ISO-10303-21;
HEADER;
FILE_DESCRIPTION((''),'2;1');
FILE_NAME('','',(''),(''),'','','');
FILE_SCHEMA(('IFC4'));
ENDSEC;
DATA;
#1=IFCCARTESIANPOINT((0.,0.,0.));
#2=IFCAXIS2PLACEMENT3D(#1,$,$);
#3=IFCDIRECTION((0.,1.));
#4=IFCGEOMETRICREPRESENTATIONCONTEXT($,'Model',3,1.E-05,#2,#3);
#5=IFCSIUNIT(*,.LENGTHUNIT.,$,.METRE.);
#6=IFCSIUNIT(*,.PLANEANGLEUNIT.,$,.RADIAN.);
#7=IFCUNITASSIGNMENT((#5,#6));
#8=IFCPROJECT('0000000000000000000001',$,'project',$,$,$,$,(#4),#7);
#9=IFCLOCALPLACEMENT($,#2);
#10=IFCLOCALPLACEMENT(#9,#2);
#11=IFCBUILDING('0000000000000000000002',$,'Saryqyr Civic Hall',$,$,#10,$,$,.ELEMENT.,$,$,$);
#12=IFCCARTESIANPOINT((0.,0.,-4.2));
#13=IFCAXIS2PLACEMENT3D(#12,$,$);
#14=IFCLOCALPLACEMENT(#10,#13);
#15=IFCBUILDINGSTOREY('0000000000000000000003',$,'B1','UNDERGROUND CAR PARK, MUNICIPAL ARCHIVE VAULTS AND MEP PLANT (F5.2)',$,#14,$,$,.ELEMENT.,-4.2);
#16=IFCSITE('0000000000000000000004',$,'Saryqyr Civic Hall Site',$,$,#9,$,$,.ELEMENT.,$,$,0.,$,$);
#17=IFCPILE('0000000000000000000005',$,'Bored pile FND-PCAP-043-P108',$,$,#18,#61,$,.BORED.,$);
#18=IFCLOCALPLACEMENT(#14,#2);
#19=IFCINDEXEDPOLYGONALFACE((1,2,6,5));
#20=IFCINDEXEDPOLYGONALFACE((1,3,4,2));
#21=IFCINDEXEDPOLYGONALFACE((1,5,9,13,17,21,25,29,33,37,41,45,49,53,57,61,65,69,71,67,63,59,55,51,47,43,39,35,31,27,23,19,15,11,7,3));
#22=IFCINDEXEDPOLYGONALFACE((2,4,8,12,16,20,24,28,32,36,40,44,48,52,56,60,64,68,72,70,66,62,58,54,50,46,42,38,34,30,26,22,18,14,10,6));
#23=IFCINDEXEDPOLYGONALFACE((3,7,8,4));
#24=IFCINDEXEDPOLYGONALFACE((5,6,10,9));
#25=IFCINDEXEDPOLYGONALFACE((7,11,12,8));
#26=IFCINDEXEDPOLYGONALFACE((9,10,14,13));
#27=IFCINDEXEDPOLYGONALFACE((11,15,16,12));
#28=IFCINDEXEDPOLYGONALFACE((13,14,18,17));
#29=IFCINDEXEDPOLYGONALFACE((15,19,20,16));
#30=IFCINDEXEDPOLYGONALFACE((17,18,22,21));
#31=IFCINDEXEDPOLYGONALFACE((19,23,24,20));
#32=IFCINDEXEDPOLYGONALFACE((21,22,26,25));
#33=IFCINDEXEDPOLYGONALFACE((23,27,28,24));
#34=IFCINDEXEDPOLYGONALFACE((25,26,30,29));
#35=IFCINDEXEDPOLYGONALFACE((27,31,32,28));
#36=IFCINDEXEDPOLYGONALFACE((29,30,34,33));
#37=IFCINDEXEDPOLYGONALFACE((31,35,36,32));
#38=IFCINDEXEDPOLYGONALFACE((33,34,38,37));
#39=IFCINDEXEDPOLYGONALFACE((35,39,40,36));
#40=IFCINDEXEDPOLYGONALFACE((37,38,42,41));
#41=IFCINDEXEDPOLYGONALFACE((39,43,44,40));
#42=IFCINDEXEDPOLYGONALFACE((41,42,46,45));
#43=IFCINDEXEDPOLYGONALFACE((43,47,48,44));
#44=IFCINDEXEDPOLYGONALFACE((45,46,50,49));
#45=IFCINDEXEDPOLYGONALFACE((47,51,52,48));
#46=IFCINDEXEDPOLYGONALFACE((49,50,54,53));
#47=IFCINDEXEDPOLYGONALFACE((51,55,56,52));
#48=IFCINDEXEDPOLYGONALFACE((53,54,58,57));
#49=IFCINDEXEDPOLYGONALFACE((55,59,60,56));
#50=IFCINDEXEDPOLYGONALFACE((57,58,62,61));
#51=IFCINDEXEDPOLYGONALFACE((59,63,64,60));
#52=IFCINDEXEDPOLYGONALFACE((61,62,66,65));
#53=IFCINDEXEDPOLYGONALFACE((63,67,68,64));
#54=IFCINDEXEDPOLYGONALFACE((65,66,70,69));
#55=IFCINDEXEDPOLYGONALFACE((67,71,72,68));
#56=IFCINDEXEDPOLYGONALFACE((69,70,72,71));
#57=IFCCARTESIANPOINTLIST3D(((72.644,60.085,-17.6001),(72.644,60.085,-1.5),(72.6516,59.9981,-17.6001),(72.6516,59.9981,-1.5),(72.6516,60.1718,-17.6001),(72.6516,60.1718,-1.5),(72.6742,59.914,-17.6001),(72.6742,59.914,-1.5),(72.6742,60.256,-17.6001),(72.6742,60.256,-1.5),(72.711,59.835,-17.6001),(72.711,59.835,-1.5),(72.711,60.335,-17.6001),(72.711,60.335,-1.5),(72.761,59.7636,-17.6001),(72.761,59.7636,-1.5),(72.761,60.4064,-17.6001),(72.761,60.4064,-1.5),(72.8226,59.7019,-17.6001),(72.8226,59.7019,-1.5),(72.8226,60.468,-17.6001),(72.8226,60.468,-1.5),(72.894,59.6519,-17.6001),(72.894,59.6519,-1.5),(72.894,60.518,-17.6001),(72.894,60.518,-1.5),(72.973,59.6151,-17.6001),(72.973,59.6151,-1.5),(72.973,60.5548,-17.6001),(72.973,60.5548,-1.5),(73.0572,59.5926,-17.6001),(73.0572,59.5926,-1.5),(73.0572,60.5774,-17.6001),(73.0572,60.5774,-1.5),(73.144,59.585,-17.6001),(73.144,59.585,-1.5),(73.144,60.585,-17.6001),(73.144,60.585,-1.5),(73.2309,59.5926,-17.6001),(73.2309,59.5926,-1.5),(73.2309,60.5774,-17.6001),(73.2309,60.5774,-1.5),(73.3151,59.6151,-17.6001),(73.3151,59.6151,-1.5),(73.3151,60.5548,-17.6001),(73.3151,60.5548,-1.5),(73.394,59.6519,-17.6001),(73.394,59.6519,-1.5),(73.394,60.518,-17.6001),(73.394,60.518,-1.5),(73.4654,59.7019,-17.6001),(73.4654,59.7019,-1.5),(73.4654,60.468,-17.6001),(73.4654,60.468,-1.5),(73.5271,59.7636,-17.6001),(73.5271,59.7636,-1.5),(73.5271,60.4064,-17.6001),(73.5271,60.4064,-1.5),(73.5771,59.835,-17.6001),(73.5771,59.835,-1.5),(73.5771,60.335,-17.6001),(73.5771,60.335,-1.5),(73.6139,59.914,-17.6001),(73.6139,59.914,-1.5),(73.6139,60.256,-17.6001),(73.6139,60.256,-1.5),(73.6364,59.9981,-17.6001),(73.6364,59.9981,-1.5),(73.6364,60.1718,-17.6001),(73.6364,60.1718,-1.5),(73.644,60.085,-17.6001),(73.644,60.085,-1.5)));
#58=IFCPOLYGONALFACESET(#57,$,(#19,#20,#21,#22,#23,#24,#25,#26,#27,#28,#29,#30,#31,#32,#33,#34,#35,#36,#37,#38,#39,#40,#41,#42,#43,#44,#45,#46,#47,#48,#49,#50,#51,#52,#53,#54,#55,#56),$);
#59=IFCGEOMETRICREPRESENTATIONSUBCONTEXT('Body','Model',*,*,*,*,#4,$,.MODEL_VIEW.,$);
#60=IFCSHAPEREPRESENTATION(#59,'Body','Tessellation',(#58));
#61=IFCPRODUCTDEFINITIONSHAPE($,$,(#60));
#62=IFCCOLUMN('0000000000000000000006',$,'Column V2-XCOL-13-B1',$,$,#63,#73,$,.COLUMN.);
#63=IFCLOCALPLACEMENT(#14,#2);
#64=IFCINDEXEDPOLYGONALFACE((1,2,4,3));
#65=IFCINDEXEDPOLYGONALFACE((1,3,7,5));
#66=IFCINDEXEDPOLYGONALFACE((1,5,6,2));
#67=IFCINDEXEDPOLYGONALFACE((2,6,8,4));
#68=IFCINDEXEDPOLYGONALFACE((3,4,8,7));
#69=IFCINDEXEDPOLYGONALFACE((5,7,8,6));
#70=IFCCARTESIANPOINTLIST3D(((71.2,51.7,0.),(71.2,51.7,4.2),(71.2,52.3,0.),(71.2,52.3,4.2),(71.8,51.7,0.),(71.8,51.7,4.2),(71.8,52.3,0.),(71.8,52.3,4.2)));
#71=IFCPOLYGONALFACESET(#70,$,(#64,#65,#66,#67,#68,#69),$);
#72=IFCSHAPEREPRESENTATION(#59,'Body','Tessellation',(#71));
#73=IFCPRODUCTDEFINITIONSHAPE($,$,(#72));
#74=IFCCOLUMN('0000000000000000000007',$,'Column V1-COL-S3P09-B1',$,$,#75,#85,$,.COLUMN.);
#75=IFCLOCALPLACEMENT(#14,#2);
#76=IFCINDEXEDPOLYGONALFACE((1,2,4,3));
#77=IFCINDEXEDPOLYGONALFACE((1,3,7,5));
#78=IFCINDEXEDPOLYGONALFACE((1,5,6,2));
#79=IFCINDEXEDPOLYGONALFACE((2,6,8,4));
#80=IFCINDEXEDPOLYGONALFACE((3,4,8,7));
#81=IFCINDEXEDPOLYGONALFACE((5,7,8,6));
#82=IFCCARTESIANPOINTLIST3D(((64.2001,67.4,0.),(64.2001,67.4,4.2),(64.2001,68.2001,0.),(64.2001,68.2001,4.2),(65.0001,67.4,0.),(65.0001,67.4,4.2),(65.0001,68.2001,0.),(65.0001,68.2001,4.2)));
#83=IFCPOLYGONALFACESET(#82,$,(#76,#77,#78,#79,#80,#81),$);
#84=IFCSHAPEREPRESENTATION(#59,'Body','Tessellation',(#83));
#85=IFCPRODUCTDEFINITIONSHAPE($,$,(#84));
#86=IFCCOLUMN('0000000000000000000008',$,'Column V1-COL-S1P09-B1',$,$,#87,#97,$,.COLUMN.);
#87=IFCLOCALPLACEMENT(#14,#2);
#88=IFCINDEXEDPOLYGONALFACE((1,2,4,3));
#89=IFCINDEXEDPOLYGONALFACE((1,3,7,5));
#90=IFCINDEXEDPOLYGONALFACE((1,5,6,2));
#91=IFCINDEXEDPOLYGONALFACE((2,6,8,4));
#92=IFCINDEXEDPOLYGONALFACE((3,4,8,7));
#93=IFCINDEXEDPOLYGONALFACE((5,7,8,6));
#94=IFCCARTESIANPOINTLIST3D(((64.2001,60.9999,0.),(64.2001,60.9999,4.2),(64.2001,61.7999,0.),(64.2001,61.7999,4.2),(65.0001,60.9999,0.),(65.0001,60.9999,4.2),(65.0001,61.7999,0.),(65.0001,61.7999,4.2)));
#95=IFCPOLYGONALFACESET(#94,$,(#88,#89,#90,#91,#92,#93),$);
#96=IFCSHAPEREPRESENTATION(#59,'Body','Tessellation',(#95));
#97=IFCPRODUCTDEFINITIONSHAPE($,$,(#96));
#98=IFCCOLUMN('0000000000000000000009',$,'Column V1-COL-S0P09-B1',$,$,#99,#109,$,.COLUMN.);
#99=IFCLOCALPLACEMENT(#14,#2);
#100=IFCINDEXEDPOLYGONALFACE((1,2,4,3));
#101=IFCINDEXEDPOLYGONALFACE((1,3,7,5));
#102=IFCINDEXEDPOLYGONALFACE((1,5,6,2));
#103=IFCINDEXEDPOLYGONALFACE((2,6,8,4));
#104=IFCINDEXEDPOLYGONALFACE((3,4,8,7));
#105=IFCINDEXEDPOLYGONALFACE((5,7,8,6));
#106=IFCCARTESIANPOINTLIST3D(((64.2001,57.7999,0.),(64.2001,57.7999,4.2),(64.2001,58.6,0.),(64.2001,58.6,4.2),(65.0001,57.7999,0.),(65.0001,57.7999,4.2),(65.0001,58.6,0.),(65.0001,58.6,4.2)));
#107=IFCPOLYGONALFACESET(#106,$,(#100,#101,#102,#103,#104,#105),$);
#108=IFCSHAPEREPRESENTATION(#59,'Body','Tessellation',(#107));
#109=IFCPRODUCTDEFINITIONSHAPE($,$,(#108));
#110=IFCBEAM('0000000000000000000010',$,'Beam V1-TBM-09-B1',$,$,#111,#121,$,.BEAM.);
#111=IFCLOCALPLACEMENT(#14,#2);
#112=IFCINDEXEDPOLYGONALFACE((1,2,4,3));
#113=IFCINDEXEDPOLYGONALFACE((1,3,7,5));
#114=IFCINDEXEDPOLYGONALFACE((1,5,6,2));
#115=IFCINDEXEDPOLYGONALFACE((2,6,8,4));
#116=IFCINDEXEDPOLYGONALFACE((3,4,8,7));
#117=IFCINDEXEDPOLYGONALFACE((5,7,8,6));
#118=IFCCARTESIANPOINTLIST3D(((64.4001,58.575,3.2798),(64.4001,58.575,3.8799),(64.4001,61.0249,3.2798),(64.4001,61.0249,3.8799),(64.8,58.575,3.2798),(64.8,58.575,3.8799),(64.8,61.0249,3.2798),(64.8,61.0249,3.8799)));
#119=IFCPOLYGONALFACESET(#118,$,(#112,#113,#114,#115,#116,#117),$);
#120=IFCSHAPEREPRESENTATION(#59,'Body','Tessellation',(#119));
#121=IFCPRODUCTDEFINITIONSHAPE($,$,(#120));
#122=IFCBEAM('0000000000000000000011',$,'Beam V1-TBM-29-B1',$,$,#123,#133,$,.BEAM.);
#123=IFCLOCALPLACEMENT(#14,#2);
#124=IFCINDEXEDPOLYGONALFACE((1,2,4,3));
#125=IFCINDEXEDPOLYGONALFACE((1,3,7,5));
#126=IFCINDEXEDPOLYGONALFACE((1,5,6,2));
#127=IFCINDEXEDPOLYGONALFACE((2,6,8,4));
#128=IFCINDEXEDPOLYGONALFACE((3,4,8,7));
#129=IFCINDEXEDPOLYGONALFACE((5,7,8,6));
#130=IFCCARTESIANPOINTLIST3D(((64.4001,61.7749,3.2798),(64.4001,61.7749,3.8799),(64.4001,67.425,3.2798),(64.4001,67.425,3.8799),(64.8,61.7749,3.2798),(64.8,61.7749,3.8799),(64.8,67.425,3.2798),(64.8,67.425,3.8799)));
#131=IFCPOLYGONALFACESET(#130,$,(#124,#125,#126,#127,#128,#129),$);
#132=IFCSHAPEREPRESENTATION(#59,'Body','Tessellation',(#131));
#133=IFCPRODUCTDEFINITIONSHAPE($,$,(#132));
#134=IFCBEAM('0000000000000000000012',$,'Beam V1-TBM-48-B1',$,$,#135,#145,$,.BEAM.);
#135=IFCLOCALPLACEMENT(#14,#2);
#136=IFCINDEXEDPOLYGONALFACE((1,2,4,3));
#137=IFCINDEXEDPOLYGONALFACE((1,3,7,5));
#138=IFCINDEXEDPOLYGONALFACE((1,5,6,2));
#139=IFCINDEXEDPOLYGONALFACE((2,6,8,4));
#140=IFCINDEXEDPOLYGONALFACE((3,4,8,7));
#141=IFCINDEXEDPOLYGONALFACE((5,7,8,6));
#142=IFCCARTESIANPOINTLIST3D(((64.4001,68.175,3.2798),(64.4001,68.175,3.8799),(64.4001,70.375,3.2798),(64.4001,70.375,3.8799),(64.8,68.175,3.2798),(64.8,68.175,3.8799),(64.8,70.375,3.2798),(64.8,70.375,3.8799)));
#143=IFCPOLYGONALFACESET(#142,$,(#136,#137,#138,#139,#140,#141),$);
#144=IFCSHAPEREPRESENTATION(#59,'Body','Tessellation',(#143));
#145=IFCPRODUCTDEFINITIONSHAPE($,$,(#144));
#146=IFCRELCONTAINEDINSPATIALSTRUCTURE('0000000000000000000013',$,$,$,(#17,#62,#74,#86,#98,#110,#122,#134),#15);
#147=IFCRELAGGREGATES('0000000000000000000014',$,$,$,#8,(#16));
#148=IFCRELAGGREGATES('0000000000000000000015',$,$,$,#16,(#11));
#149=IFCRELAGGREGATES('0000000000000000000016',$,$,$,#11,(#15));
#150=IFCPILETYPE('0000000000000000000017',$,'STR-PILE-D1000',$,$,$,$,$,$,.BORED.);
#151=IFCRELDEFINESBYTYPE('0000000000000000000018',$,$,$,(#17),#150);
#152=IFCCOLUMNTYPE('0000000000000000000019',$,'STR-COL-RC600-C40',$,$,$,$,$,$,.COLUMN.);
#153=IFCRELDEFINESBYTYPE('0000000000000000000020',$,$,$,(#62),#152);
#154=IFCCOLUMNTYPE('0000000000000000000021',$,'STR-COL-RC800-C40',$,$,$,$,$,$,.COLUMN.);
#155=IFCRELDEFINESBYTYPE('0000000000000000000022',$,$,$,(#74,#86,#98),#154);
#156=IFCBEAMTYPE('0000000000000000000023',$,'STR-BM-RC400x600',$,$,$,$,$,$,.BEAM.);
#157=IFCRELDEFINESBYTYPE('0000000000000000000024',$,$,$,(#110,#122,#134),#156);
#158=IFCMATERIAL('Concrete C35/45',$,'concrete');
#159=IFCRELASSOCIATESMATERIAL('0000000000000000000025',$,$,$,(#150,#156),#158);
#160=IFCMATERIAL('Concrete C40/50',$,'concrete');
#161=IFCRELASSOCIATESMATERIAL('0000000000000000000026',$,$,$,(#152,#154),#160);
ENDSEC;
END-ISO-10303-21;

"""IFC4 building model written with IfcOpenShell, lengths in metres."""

from ifc_helpers import new_model, si_unit, direction, frame, origin, origin_2d, place, context, subcontext, project, spatial, rectangle, circle, extrude, material, material_profile, profile_set, type_object, element, save


model = new_model("IFC4")

# Units and contexts
model_context = context("Model", 3, precision=1e-05, world=origin(), true_north=direction((0.0, 1.0)))
body_context = subcontext(model_context, "Body", "Model", "MODEL_VIEW")
ifc_project = project(units=[si_unit("LENGTHUNIT", "METRE"), si_unit("PLANEANGLEUNIT", "RADIAN")], contexts=[model_context])

# Site, building, storey
site_placement = place(None, origin())
site = spatial("IfcSite", under=ifc_project, at=site_placement, Name="Saryqyr Civic Hall Site", CompositionType="ELEMENT", RefElevation=0.0)
building_placement = place(site_placement, origin())
building = spatial("IfcBuilding", under=site, at=building_placement, Name="Saryqyr Civic Hall", CompositionType="ELEMENT")
storey_placement = place(building_placement, frame((0.0, 0.0, -4.2)))
storey = spatial("IfcBuildingStorey", under=building, at=storey_placement, Name="B1", Description="UNDERGROUND CAR PARK, MUNICIPAL ARCHIVE VAULTS AND MEP PLANT (F5.2)", CompositionType="ELEMENT", Elevation=-4.2)

# Pile
ifc_material_1 = material(Name="Concrete C35/45", Category="concrete")
ifc_material_profile_1 = material_profile(ifc_material_1, circle(Radius=0.5, at=origin_2d()), Name="BORED PILE D1000")
ifc_profile_set_1 = profile_set([ifc_material_profile_1], Name="Concrete C35/45")
pile_type = type_object("IfcPileType", Name="STR-PILE-D1000", PredefinedType="BORED", material=ifc_profile_set_1)
for number, where, z_axis, x_axis, name in (
    (1, (73.144, 60.085, -1.5), (0.0, 0.0, -1.0), (1.0, 0.0, 0.0), "Bored pile FND-PCAP-043-P108"),
):
    element("IfcPile", number, at=place(storey_placement, frame(where, z_axis=z_axis, x_axis=x_axis)), inside=storey, type_object=pile_type, Name=name, PredefinedType="BORED", context=body_context, shape_type="SweptSolid", body=[
        extrude(circle(Radius=0.5, at=origin_2d()), origin(), (0.0, 0.0, 1.0), 16.1001),
    ])

# Columns
ifc_material_2 = material(Name="Concrete C40/50", Category="concrete")
ifc_material_profile_2 = material_profile(ifc_material_2, rectangle(XDim=0.6001, YDim=0.6001, at=origin_2d()), Name="RC 600x600")
ifc_profile_set_2 = profile_set([ifc_material_profile_2], Name="Concrete C40/50")
column_type_1 = type_object("IfcColumnType", Name="STR-COL-RC600-C40", PredefinedType="COLUMN", material=ifc_profile_set_2)
column_placement = place(storey_placement, frame((71.5, 52.0, 0.0), z_axis=(0.0, 0.0, 1.0), x_axis=(1.0, 0.0, 0.0)))
element("IfcColumn", 2, at=column_placement, inside=storey, type_object=column_type_1, Name="Column V2-XCOL-13-B1", PredefinedType="COLUMN", context=body_context, shape_type="SweptSolid", body=[
    extrude(rectangle(XDim=0.6001, YDim=0.6001, at=origin_2d()), origin(), (0.0, 0.0, 1.0), 4.2),
])
ifc_material_profile_3 = material_profile(ifc_material_2, rectangle(XDim=0.8, YDim=0.8, at=origin_2d()), Name="RC 800x800")
ifc_profile_set_3 = profile_set([ifc_material_profile_3], Name="Concrete C40/50")
column_type_2 = type_object("IfcColumnType", Name="STR-COL-RC800-C40", PredefinedType="COLUMN", material=ifc_profile_set_3)
for number, where, z_axis, x_axis, name in (
    (3, (64.6001, 67.8, 0.0), (0.0, 0.0, 1.0), (1.0, 0.0, 0.0), "Column V1-COL-S3P09-B1"),
    (4, (64.6001, 61.3999, 0.0), (0.0, 0.0, 1.0), (1.0, 0.0, 0.0), "Column V1-COL-S1P09-B1"),
    (5, (64.6001, 58.2, 0.0), (0.0, 0.0, 1.0), (1.0, 0.0, 0.0), "Column V1-COL-S0P09-B1"),
):
    element("IfcColumn", number, at=place(storey_placement, frame(where, z_axis=z_axis, x_axis=x_axis)), inside=storey, type_object=column_type_2, Name=name, PredefinedType="COLUMN", context=body_context, shape_type="SweptSolid", body=[
        extrude(rectangle(XDim=0.8, YDim=0.8, at=origin_2d()), origin(), (0.0, 0.0, 1.0), 4.2),
    ])

# Beams
ifc_material_profile_4 = material_profile(ifc_material_1, rectangle(XDim=0.3999, YDim=0.6001, at=origin_2d()), Name="RC 400x600")
ifc_profile_set_4 = profile_set([ifc_material_profile_4], Name="Concrete C35/45")
beam_type = type_object("IfcBeamType", Name="STR-BM-RC400x600", PredefinedType="BEAM", material=ifc_profile_set_4)
beam_1_placement = place(storey_placement, frame((64.6001, 58.575, 3.5798), z_axis=(0.0, 1.0, 0.0), x_axis=(-1.0, 0.0, 0.0)))
element("IfcBeam", 6, at=beam_1_placement, inside=storey, type_object=beam_type, Name="Beam V1-TBM-09-B1", PredefinedType="BEAM", context=body_context, shape_type="SweptSolid", body=[
    extrude(rectangle(XDim=0.3999, YDim=0.6001, at=origin_2d()), origin(), (0.0, 0.0, 1.0), 2.45),
])
beam_2_placement = place(storey_placement, frame((64.6001, 61.7749, 3.5798), z_axis=(0.0, 1.0, 0.0), x_axis=(-1.0, 0.0, 0.0)))
element("IfcBeam", 7, at=beam_2_placement, inside=storey, type_object=beam_type, Name="Beam V1-TBM-29-B1", PredefinedType="BEAM", context=body_context, shape_type="SweptSolid", body=[
    extrude(rectangle(XDim=0.3999, YDim=0.6001, at=origin_2d()), origin(), (0.0, 0.0, 1.0), 5.6501),
])
beam_3_placement = place(storey_placement, frame((64.6001, 68.175, 3.5798), z_axis=(0.0, 1.0, 0.0), x_axis=(-1.0, 0.0, 0.0)))
element("IfcBeam", 8, at=beam_3_placement, inside=storey, type_object=beam_type, Name="Beam V1-TBM-48-B1", PredefinedType="BEAM", context=body_context, shape_type="SweptSolid", body=[
    extrude(rectangle(XDim=0.3999, YDim=0.6001, at=origin_2d()), origin(), (0.0, 0.0, 1.0), 2.2),
])

save(model, "model.ifc")
